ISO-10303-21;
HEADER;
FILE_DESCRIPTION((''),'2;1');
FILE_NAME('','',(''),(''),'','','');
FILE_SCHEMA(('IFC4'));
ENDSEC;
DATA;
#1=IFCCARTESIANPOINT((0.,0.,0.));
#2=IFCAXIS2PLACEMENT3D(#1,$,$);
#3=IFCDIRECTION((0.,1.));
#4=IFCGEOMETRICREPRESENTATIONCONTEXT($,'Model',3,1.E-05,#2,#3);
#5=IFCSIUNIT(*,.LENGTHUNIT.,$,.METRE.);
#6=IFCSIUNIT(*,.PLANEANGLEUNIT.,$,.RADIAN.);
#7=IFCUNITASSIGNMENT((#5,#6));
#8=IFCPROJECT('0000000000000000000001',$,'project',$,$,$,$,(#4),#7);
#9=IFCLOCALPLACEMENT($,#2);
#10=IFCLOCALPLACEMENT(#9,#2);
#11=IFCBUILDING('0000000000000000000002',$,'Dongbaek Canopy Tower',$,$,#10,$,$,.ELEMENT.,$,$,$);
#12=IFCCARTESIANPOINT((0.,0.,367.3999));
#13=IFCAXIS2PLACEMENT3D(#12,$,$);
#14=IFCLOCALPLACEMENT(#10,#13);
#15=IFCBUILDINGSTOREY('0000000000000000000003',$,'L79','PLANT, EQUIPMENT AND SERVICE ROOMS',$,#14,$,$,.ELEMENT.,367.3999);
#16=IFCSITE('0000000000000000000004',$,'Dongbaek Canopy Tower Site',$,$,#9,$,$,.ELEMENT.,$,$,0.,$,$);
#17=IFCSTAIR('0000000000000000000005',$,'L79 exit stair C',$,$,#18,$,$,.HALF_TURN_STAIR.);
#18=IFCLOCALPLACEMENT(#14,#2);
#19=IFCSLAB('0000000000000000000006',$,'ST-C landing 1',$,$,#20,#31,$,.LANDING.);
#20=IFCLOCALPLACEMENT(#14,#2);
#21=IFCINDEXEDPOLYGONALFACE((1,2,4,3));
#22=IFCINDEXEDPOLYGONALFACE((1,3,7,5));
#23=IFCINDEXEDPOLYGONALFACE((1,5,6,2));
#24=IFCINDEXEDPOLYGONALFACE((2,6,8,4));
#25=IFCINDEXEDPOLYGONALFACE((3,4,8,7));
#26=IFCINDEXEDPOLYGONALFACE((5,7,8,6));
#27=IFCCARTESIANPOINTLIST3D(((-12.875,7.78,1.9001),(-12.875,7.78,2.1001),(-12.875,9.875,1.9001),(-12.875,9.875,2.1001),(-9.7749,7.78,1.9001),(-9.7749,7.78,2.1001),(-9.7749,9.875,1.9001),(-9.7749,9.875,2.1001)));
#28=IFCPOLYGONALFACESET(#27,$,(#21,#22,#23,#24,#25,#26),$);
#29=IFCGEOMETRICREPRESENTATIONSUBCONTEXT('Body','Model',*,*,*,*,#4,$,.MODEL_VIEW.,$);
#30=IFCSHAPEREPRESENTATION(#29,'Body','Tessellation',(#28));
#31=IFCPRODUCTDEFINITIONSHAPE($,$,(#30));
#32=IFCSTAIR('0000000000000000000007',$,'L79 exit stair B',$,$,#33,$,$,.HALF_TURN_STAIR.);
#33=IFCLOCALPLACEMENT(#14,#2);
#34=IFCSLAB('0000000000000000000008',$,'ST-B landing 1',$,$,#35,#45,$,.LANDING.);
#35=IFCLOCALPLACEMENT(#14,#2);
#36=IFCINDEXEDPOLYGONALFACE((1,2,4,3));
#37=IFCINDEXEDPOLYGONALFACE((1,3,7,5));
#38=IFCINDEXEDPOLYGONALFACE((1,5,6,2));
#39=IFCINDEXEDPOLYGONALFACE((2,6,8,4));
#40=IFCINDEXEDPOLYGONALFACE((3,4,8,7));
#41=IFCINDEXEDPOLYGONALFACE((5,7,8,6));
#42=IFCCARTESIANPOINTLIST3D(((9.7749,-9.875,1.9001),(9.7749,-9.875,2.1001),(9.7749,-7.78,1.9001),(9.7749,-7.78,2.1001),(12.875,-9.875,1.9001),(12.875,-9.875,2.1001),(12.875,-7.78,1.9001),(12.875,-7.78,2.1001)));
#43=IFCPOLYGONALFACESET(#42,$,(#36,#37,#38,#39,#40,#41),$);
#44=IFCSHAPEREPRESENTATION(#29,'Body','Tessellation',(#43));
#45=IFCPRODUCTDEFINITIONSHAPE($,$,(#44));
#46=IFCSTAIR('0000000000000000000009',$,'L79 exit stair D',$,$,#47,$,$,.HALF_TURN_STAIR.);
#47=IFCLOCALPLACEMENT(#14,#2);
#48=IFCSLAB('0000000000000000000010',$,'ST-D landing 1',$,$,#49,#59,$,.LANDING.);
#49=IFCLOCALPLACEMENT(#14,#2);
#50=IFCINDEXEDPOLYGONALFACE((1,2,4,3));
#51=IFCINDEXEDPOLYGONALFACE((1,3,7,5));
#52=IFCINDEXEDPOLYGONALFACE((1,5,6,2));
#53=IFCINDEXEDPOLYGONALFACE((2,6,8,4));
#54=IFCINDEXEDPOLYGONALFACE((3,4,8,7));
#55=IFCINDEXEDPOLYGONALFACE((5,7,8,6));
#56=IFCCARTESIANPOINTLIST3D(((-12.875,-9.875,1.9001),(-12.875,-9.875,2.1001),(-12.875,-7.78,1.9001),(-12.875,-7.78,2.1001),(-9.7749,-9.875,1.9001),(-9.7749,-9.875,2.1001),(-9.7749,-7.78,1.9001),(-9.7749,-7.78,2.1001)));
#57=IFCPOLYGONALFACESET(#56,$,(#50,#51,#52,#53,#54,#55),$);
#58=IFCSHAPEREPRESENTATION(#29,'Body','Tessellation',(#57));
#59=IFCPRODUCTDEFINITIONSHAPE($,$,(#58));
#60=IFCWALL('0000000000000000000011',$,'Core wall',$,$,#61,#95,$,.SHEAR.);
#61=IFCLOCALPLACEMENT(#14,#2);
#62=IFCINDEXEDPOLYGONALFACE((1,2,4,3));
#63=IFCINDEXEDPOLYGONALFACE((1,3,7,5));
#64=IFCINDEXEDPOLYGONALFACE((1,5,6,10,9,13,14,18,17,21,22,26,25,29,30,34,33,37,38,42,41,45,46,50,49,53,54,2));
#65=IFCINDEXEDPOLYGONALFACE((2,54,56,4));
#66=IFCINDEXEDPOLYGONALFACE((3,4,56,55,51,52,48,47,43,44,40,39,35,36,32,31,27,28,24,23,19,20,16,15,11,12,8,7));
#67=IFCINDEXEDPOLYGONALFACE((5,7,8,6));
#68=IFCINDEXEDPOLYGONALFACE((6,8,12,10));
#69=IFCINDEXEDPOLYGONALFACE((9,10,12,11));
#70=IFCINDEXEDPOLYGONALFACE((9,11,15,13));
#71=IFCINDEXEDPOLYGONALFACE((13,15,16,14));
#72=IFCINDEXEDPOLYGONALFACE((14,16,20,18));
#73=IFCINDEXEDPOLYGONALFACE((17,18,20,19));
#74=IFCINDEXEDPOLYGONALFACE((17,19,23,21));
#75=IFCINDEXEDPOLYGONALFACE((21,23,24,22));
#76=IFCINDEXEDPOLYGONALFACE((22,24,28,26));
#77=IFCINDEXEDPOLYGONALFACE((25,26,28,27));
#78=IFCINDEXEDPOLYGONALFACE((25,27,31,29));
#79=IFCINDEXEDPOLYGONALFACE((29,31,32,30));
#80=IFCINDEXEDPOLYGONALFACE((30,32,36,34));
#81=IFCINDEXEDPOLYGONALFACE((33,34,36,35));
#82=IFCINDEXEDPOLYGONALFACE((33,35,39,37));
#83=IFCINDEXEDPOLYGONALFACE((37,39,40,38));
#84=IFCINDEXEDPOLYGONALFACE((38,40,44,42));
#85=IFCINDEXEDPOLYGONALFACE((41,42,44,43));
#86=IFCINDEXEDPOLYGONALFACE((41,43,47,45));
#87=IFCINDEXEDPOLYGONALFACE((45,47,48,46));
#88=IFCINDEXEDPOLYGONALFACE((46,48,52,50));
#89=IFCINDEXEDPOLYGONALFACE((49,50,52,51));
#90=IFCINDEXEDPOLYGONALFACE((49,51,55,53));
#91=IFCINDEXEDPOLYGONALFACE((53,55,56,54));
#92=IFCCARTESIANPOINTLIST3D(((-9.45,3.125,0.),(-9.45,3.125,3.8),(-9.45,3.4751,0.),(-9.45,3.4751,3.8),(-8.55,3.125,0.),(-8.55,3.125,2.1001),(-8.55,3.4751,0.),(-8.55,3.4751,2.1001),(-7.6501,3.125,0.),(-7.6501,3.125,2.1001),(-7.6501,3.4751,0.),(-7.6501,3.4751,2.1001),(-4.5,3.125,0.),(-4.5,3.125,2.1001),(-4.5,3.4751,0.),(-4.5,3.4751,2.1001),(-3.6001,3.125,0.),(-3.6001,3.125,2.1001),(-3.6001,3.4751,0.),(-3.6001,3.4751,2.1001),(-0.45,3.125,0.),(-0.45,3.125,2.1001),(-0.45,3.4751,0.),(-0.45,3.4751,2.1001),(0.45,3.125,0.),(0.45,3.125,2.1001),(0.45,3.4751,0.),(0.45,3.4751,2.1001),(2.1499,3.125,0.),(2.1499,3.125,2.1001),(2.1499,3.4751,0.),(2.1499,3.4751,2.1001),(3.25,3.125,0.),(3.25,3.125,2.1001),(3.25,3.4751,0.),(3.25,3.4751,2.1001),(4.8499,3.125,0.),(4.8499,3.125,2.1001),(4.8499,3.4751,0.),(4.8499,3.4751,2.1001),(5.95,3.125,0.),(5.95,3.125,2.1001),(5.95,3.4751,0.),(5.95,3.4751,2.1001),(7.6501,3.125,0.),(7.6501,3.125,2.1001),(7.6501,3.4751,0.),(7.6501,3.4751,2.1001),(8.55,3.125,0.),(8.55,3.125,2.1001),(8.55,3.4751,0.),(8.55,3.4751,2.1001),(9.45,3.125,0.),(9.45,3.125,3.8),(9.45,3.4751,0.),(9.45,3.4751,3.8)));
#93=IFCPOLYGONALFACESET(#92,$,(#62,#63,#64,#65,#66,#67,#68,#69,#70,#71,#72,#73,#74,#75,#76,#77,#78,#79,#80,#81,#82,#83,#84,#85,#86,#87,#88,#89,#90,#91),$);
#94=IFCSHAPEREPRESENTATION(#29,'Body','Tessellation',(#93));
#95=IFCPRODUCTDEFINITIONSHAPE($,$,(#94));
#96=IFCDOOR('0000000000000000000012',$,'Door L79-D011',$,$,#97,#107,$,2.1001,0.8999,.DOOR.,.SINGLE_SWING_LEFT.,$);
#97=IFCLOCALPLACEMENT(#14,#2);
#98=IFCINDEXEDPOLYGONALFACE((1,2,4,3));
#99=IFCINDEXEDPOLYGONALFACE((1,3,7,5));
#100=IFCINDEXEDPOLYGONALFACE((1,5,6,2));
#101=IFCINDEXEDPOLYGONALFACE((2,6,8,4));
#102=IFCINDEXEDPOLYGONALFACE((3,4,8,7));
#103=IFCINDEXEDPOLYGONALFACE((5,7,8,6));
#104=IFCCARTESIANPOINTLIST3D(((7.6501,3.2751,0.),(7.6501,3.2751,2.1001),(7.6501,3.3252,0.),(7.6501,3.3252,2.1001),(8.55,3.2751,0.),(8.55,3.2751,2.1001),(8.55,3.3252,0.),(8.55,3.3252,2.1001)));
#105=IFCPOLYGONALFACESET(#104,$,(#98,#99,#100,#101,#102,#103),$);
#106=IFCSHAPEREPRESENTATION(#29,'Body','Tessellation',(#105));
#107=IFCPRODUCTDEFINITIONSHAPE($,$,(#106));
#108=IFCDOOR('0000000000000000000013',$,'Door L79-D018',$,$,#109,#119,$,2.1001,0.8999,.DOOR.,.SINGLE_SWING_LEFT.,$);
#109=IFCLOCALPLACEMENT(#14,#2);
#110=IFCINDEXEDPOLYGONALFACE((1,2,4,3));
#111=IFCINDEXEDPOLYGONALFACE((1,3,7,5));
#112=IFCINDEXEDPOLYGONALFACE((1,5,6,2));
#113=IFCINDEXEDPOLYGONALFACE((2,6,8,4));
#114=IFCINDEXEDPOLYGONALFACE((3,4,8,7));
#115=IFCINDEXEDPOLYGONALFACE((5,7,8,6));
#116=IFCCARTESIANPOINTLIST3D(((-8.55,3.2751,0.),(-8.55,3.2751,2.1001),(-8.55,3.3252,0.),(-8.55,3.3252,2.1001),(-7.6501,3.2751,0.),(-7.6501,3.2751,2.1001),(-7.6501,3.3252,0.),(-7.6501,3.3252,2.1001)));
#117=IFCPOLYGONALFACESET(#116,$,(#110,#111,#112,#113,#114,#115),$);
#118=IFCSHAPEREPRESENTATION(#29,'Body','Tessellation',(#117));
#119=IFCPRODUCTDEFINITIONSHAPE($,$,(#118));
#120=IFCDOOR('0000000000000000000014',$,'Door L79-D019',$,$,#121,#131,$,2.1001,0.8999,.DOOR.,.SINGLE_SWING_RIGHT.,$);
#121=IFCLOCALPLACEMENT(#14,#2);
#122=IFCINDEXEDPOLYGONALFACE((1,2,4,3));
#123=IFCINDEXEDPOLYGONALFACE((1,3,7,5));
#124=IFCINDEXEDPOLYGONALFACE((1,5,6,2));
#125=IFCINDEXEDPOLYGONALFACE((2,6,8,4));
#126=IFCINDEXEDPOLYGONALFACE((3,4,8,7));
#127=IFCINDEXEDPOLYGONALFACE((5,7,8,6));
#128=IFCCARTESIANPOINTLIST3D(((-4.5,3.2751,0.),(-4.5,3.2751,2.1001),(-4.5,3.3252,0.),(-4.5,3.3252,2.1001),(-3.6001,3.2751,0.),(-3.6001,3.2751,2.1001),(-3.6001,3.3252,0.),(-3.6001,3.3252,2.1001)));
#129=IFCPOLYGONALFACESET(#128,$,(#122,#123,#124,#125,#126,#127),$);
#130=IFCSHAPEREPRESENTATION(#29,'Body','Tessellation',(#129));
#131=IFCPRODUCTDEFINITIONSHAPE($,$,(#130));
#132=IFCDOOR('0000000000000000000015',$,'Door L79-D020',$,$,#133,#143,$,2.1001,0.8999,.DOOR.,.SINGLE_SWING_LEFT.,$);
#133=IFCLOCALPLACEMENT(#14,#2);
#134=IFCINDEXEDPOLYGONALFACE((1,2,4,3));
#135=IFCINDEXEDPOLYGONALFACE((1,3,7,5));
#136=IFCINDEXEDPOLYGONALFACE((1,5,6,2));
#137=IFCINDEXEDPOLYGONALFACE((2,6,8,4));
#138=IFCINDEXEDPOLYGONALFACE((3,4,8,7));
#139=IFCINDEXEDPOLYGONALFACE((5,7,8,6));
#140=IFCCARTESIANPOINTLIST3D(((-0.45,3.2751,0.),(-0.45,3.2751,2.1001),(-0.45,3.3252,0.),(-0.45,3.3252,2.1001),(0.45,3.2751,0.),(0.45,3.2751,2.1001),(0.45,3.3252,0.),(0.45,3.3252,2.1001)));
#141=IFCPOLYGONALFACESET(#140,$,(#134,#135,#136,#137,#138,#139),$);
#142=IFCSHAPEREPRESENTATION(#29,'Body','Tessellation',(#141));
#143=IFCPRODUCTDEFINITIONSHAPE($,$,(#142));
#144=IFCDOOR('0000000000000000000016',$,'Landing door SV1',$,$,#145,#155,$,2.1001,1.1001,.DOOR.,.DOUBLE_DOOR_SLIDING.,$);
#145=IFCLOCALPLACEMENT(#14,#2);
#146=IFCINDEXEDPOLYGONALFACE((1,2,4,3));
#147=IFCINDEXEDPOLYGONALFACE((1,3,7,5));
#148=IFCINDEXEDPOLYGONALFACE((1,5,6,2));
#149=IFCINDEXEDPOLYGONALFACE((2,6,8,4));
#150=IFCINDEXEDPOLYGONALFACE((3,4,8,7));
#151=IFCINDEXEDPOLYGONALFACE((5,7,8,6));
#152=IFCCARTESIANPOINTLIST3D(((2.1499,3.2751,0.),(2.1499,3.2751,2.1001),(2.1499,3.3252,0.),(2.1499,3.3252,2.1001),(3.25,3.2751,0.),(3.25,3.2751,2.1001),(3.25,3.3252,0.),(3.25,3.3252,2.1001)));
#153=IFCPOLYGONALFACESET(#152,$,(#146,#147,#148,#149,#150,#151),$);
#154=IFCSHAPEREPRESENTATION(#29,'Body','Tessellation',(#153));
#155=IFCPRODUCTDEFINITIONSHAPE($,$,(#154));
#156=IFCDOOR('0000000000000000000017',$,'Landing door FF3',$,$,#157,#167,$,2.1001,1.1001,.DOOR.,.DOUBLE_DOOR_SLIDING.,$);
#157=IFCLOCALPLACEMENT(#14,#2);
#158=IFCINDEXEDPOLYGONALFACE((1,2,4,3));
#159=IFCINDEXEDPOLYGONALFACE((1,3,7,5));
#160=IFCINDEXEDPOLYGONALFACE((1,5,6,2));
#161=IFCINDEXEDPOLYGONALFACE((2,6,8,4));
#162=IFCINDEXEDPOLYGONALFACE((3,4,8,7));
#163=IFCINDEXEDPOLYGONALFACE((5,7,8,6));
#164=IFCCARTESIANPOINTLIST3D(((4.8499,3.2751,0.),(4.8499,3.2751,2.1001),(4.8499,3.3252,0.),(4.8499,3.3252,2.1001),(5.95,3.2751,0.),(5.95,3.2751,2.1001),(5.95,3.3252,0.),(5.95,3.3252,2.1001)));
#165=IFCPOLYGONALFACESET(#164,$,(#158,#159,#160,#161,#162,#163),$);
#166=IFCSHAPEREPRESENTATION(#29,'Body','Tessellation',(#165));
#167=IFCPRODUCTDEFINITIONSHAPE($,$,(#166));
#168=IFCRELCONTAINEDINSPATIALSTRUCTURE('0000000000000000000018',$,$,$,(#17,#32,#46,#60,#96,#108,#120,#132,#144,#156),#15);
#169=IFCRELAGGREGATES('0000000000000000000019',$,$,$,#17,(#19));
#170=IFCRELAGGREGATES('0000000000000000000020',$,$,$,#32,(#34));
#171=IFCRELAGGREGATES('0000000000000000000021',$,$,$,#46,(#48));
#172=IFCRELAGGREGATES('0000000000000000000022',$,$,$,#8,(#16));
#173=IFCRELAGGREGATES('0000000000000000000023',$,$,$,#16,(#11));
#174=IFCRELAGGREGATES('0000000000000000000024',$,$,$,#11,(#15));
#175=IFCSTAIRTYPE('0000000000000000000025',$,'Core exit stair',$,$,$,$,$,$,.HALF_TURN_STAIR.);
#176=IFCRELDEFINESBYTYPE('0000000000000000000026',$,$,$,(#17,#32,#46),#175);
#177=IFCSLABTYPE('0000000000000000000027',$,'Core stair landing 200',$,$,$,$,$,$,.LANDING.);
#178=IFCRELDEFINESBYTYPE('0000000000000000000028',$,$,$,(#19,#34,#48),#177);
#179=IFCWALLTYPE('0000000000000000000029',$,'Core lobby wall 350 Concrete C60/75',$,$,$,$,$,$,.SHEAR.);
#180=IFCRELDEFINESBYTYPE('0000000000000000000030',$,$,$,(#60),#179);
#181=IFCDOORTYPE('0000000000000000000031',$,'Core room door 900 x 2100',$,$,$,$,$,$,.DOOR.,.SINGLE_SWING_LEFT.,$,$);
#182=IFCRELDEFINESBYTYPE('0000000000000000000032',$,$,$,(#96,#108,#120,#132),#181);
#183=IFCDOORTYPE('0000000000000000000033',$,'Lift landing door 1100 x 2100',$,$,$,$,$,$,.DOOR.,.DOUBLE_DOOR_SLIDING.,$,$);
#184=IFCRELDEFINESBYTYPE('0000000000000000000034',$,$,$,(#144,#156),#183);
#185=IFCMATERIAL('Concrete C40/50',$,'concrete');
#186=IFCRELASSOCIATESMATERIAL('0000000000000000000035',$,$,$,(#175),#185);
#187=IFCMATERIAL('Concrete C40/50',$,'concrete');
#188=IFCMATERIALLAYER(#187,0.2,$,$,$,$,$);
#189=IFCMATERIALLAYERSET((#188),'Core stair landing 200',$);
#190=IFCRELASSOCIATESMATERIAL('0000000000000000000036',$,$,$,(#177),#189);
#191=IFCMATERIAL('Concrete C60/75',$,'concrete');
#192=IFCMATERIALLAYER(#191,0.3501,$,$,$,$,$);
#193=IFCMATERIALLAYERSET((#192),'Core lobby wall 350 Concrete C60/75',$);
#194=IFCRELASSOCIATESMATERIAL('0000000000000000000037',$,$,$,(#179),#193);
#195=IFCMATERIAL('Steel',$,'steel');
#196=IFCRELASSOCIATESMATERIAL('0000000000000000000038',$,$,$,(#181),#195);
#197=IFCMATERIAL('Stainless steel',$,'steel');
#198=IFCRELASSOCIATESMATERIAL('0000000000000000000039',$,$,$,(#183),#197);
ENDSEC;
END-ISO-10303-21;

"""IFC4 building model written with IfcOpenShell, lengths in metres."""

from ifc_helpers import new_model, si_unit, direction, frame, frame_2d, origin, place, context, subcontext, project, spatial, polyline, rectangle, outline, extrude, material, layer, layer_set, type_object, element, fill, aggregate, save


model = new_model("IFC4")

# Units and contexts
model_context = context("Model", 3, precision=1e-05, world=origin(), true_north=direction((0.0, 1.0)))
body_context = subcontext(model_context, "Body", "Model", "MODEL_VIEW")
ifc_project = project(units=[si_unit("LENGTHUNIT", "METRE"), si_unit("PLANEANGLEUNIT", "RADIAN")], contexts=[model_context])

# Site, building, storey
site_placement = place(None, origin())
site = spatial("IfcSite", under=ifc_project, at=site_placement, Name="Dongbaek Canopy Tower Site", CompositionType="ELEMENT", RefElevation=0.0)
building_placement = place(site_placement, origin())
building = spatial("IfcBuilding", under=site, at=building_placement, Name="Dongbaek Canopy Tower", CompositionType="ELEMENT")
storey_placement = place(building_placement, frame((0.0, 0.0, 367.3999)))
storey = spatial("IfcBuildingStorey", under=building, at=storey_placement, Name="L79", Description="PLANT, EQUIPMENT AND SERVICE ROOMS", CompositionType="ELEMENT", Elevation=367.3999)

# Stairs, slabs
ifc_material_1 = material(Name="Concrete C40/50", Category="concrete")
stair_type = type_object("IfcStairType", Name="Core exit stair", PredefinedType="HALF_TURN_STAIR", material=ifc_material_1)
stair_1_placement = place(storey_placement, origin())
stair_1 = element("IfcStair", 1, at=stair_1_placement, inside=storey, type_object=stair_type, Name="L79 exit stair C", PredefinedType="HALF_TURN_STAIR")
ifc_material_2 = material(Name="Concrete C40/50", Category="concrete")
ifc_layer_1 = layer(ifc_material_2, 0.2)
ifc_layer_set_1 = layer_set([ifc_layer_1], Name="Core stair landing 200")
slab_type = type_object("IfcSlabType", Name="Core stair landing 200", PredefinedType="LANDING", material=ifc_layer_set_1)
slab_1_placement = place(storey_placement, frame((0.0, 0.0, 1.9001)))
slab_1 = element("IfcSlab", 2, at=slab_1_placement, type_object=slab_type, Name="ST-C landing 1", PredefinedType="LANDING", context=body_context, shape_type="SweptSolid", body=[
    extrude(outline(polyline([(-9.7749, 7.78), (-9.7749, 9.875), (-12.875, 9.875), (-12.875, 7.78), (-9.7749, 7.78)])), origin(), (0.0, 0.0, 1.0), 0.2),
])
aggregate(stair_1, [slab_1])
stair_2_placement = place(storey_placement, origin())
stair_2 = element("IfcStair", 3, at=stair_2_placement, inside=storey, type_object=stair_type, Name="L79 exit stair B", PredefinedType="HALF_TURN_STAIR")
slab_2_placement = place(storey_placement, frame((0.0, 0.0, 1.9001)))
slab_2 = element("IfcSlab", 4, at=slab_2_placement, type_object=slab_type, Name="ST-B landing 1", PredefinedType="LANDING", context=body_context, shape_type="SweptSolid", body=[
    extrude(outline(polyline([(9.7749, -7.78), (9.7749, -9.875), (12.875, -9.875), (12.875, -7.78), (9.7749, -7.78)])), origin(), (0.0, 0.0, 1.0), 0.2),
])
aggregate(stair_2, [slab_2])
stair_3_placement = place(storey_placement, origin())
stair_3 = element("IfcStair", 5, at=stair_3_placement, inside=storey, type_object=stair_type, Name="L79 exit stair D", PredefinedType="HALF_TURN_STAIR")
slab_3_placement = place(storey_placement, frame((0.0, 0.0, 1.9001)))
slab_3 = element("IfcSlab", 6, at=slab_3_placement, type_object=slab_type, Name="ST-D landing 1", PredefinedType="LANDING", context=body_context, shape_type="SweptSolid", body=[
    extrude(outline(polyline([(-12.875, -7.78), (-12.875, -9.875), (-9.7749, -9.875), (-9.7749, -7.78), (-12.875, -7.78)])), origin(), (0.0, 0.0, 1.0), 0.2),
])
aggregate(stair_3, [slab_3])

# Wall, openings, doors
ifc_material_3 = material(Name="Concrete C60/75", Category="concrete")
ifc_layer_2 = layer(ifc_material_3, 0.3501)
ifc_layer_set_2 = layer_set([ifc_layer_2], Name="Core lobby wall 350 Concrete C60/75")
wall_type_1 = type_object("IfcWallType", Name="Core lobby wall 350 Concrete C60/75", PredefinedType="SHEAR", material=ifc_layer_set_2)
wall_1_placement = place(storey_placement, frame((9.45, 3.3, 0.0), z_axis=(0.0, 0.0, 1.0), x_axis=(-1.0, 0.0, 0.0)))
wall_1 = element("IfcWall", 7, at=wall_1_placement, inside=storey, type_object=wall_type_1, Name="Core wall", PredefinedType="SHEAR", context=body_context, shape_type="SweptSolid", body=[
    extrude(rectangle(XDim=18.8999, YDim=0.3501, at=frame_2d((9.45, 0.0))), origin(), (0.0, 0.0, 1.0), 3.8),
])
opening_1_placement = place(wall_1_placement, frame((6.2, 0.0, 0.0)))
opening_1 = element("IfcOpeningElement", 8, at=opening_1_placement, cuts=wall_1, PredefinedType="OPENING", context=body_context, shape_type="SweptSolid", body=[
    extrude(rectangle(XDim=1.1001, YDim=2.1001, at=frame_2d((0.55, 1.05))), frame((0.0, 0.1851, 0.0), z_axis=(0.0, -1.0, 0.0), x_axis=(1.0, 0.0, 0.0)), (0.0, 0.0, 1.0), 0.3701),
])
opening_2_placement = place(wall_1_placement, frame((3.5, 0.0, 0.0)))
opening_2 = element("IfcOpeningElement", 9, at=opening_2_placement, cuts=wall_1, PredefinedType="OPENING", context=body_context, shape_type="SweptSolid", body=[
    extrude(rectangle(XDim=1.1001, YDim=2.1001, at=frame_2d((0.55, 1.05))), frame((0.0, 0.1851, 0.0), z_axis=(0.0, -1.0, 0.0), x_axis=(1.0, 0.0, 0.0)), (0.0, 0.0, 1.0), 0.3701),
])
opening_3_placement = place(wall_1_placement, frame((0.8999, 0.0, 0.0)))
opening_3 = element("IfcOpeningElement", 10, at=opening_3_placement, cuts=wall_1, PredefinedType="OPENING", context=body_context, shape_type="SweptSolid", body=[
    extrude(rectangle(XDim=0.8999, YDim=2.1001, at=frame_2d((0.45, 1.05))), frame((0.0, 0.1851, 0.0), z_axis=(0.0, -1.0, 0.0), x_axis=(1.0, 0.0, 0.0)), (0.0, 0.0, 1.0), 0.3701),
])
opening_4_placement = place(wall_1_placement, frame((17.1001, 0.0, 0.0)))
opening_4 = element("IfcOpeningElement", 11, at=opening_4_placement, cuts=wall_1, PredefinedType="OPENING", context=body_context, shape_type="SweptSolid", body=[
    extrude(rectangle(XDim=0.8999, YDim=2.1001, at=frame_2d((0.45, 1.05))), frame((0.0, 0.1851, 0.0), z_axis=(0.0, -1.0, 0.0), x_axis=(1.0, 0.0, 0.0)), (0.0, 0.0, 1.0), 0.3701),
])
opening_5_placement = place(wall_1_placement, frame((13.05, 0.0, 0.0)))
opening_5 = element("IfcOpeningElement", 12, at=opening_5_placement, cuts=wall_1, PredefinedType="OPENING", context=body_context, shape_type="SweptSolid", body=[
    extrude(rectangle(XDim=0.8999, YDim=2.1001, at=frame_2d((0.45, 1.05))), frame((0.0, 0.1851, 0.0), z_axis=(0.0, -1.0, 0.0), x_axis=(1.0, 0.0, 0.0)), (0.0, 0.0, 1.0), 0.3701),
])
opening_6_placement = place(wall_1_placement, frame((9.0, 0.0, 0.0)))
opening_6 = element("IfcOpeningElement", 13, at=opening_6_placement, cuts=wall_1, PredefinedType="OPENING", context=body_context, shape_type="SweptSolid", body=[
    extrude(rectangle(XDim=0.8999, YDim=2.1001, at=frame_2d((0.45, 1.05))), frame((0.0, 0.1851, 0.0), z_axis=(0.0, -1.0, 0.0), x_axis=(1.0, 0.0, 0.0)), (0.0, 0.0, 1.0), 0.3701),
])
ifc_material_4 = material(Name="Steel", Category="steel")
door_type_1 = type_object("IfcDoorType", Name="Core room door 900 x 2100", OperationType="SINGLE_SWING_LEFT", PredefinedType="DOOR", material=ifc_material_4)
door_1_placement = place(opening_3_placement, origin())
door_1 = element("IfcDoor", 14, at=door_1_placement, inside=storey, type_object=door_type_1, Name="Door L79-D011", OperationType="SINGLE_SWING_LEFT", OverallHeight=2.1001, OverallWidth=0.8999, PredefinedType="DOOR", context=body_context, shape_type="SweptSolid", body=[
    extrude(rectangle(XDim=0.8999, YDim=2.1001, at=frame_2d((0.45, 1.05))), frame((0.0, 0.0249, 0.0), z_axis=(0.0, -1.0, 0.0), x_axis=(1.0, 0.0, 0.0)), (0.0, 0.0, 1.0), 0.05),
])
fill(opening_3, door_1)
door_2_placement = place(opening_4_placement, origin())
door_2 = element("IfcDoor", 15, at=door_2_placement, inside=storey, type_object=door_type_1, Name="Door L79-D018", OperationType="SINGLE_SWING_LEFT", OverallHeight=2.1001, OverallWidth=0.8999, PredefinedType="DOOR", context=body_context, shape_type="SweptSolid", body=[
    extrude(rectangle(XDim=0.8999, YDim=2.1001, at=frame_2d((0.45, 1.05))), frame((0.0, 0.0249, 0.0), z_axis=(0.0, -1.0, 0.0), x_axis=(1.0, 0.0, 0.0)), (0.0, 0.0, 1.0), 0.05),
])
fill(opening_4, door_2)
door_3_placement = place(opening_5_placement, origin())
door_3 = element("IfcDoor", 16, at=door_3_placement, inside=storey, type_object=door_type_1, Name="Door L79-D019", OperationType="SINGLE_SWING_RIGHT", OverallHeight=2.1001, OverallWidth=0.8999, PredefinedType="DOOR", context=body_context, shape_type="SweptSolid", body=[
    extrude(rectangle(XDim=0.8999, YDim=2.1001, at=frame_2d((0.45, 1.05))), frame((0.0, 0.0249, 0.0), z_axis=(0.0, -1.0, 0.0), x_axis=(1.0, 0.0, 0.0)), (0.0, 0.0, 1.0), 0.05),
])
fill(opening_5, door_3)
door_4_placement = place(opening_6_placement, origin())
door_4 = element("IfcDoor", 17, at=door_4_placement, inside=storey, type_object=door_type_1, Name="Door L79-D020", OperationType="SINGLE_SWING_LEFT", OverallHeight=2.1001, OverallWidth=0.8999, PredefinedType="DOOR", context=body_context, shape_type="SweptSolid", body=[
    extrude(rectangle(XDim=0.8999, YDim=2.1001, at=frame_2d((0.45, 1.05))), frame((0.0, 0.0249, 0.0), z_axis=(0.0, -1.0, 0.0), x_axis=(1.0, 0.0, 0.0)), (0.0, 0.0, 1.0), 0.05),
])
fill(opening_6, door_4)
ifc_material_5 = material(Name="Stainless steel", Category="steel")
door_type_2 = type_object("IfcDoorType", Name="Lift landing door 1100 x 2100", OperationType="DOUBLE_DOOR_SLIDING", PredefinedType="DOOR", material=ifc_material_5)
door_5_placement = place(opening_1_placement, origin())
door_5 = element("IfcDoor", 18, at=door_5_placement, inside=storey, type_object=door_type_2, Name="Landing door SV1", OperationType="DOUBLE_DOOR_SLIDING", OverallHeight=2.1001, OverallWidth=1.1001, PredefinedType="DOOR", context=body_context, shape_type="SweptSolid", body=[
    extrude(rectangle(XDim=1.1001, YDim=2.1001, at=frame_2d((0.55, 1.05))), frame((0.0, 0.0249, 0.0), z_axis=(0.0, -1.0, 0.0), x_axis=(1.0, 0.0, 0.0)), (0.0, 0.0, 1.0), 0.05),
])
fill(opening_1, door_5)
door_6_placement = place(opening_2_placement, origin())
door_6 = element("IfcDoor", 19, at=door_6_placement, inside=storey, type_object=door_type_2, Name="Landing door FF3", OperationType="DOUBLE_DOOR_SLIDING", OverallHeight=2.1001, OverallWidth=1.1001, PredefinedType="DOOR", context=body_context, shape_type="SweptSolid", body=[
    extrude(rectangle(XDim=1.1001, YDim=2.1001, at=frame_2d((0.55, 1.05))), frame((0.0, 0.0249, 0.0), z_axis=(0.0, -1.0, 0.0), x_axis=(1.0, 0.0, 0.0)), (0.0, 0.0, 1.0), 0.05),
])
fill(opening_2, door_6)

save(model, "model.ifc")
